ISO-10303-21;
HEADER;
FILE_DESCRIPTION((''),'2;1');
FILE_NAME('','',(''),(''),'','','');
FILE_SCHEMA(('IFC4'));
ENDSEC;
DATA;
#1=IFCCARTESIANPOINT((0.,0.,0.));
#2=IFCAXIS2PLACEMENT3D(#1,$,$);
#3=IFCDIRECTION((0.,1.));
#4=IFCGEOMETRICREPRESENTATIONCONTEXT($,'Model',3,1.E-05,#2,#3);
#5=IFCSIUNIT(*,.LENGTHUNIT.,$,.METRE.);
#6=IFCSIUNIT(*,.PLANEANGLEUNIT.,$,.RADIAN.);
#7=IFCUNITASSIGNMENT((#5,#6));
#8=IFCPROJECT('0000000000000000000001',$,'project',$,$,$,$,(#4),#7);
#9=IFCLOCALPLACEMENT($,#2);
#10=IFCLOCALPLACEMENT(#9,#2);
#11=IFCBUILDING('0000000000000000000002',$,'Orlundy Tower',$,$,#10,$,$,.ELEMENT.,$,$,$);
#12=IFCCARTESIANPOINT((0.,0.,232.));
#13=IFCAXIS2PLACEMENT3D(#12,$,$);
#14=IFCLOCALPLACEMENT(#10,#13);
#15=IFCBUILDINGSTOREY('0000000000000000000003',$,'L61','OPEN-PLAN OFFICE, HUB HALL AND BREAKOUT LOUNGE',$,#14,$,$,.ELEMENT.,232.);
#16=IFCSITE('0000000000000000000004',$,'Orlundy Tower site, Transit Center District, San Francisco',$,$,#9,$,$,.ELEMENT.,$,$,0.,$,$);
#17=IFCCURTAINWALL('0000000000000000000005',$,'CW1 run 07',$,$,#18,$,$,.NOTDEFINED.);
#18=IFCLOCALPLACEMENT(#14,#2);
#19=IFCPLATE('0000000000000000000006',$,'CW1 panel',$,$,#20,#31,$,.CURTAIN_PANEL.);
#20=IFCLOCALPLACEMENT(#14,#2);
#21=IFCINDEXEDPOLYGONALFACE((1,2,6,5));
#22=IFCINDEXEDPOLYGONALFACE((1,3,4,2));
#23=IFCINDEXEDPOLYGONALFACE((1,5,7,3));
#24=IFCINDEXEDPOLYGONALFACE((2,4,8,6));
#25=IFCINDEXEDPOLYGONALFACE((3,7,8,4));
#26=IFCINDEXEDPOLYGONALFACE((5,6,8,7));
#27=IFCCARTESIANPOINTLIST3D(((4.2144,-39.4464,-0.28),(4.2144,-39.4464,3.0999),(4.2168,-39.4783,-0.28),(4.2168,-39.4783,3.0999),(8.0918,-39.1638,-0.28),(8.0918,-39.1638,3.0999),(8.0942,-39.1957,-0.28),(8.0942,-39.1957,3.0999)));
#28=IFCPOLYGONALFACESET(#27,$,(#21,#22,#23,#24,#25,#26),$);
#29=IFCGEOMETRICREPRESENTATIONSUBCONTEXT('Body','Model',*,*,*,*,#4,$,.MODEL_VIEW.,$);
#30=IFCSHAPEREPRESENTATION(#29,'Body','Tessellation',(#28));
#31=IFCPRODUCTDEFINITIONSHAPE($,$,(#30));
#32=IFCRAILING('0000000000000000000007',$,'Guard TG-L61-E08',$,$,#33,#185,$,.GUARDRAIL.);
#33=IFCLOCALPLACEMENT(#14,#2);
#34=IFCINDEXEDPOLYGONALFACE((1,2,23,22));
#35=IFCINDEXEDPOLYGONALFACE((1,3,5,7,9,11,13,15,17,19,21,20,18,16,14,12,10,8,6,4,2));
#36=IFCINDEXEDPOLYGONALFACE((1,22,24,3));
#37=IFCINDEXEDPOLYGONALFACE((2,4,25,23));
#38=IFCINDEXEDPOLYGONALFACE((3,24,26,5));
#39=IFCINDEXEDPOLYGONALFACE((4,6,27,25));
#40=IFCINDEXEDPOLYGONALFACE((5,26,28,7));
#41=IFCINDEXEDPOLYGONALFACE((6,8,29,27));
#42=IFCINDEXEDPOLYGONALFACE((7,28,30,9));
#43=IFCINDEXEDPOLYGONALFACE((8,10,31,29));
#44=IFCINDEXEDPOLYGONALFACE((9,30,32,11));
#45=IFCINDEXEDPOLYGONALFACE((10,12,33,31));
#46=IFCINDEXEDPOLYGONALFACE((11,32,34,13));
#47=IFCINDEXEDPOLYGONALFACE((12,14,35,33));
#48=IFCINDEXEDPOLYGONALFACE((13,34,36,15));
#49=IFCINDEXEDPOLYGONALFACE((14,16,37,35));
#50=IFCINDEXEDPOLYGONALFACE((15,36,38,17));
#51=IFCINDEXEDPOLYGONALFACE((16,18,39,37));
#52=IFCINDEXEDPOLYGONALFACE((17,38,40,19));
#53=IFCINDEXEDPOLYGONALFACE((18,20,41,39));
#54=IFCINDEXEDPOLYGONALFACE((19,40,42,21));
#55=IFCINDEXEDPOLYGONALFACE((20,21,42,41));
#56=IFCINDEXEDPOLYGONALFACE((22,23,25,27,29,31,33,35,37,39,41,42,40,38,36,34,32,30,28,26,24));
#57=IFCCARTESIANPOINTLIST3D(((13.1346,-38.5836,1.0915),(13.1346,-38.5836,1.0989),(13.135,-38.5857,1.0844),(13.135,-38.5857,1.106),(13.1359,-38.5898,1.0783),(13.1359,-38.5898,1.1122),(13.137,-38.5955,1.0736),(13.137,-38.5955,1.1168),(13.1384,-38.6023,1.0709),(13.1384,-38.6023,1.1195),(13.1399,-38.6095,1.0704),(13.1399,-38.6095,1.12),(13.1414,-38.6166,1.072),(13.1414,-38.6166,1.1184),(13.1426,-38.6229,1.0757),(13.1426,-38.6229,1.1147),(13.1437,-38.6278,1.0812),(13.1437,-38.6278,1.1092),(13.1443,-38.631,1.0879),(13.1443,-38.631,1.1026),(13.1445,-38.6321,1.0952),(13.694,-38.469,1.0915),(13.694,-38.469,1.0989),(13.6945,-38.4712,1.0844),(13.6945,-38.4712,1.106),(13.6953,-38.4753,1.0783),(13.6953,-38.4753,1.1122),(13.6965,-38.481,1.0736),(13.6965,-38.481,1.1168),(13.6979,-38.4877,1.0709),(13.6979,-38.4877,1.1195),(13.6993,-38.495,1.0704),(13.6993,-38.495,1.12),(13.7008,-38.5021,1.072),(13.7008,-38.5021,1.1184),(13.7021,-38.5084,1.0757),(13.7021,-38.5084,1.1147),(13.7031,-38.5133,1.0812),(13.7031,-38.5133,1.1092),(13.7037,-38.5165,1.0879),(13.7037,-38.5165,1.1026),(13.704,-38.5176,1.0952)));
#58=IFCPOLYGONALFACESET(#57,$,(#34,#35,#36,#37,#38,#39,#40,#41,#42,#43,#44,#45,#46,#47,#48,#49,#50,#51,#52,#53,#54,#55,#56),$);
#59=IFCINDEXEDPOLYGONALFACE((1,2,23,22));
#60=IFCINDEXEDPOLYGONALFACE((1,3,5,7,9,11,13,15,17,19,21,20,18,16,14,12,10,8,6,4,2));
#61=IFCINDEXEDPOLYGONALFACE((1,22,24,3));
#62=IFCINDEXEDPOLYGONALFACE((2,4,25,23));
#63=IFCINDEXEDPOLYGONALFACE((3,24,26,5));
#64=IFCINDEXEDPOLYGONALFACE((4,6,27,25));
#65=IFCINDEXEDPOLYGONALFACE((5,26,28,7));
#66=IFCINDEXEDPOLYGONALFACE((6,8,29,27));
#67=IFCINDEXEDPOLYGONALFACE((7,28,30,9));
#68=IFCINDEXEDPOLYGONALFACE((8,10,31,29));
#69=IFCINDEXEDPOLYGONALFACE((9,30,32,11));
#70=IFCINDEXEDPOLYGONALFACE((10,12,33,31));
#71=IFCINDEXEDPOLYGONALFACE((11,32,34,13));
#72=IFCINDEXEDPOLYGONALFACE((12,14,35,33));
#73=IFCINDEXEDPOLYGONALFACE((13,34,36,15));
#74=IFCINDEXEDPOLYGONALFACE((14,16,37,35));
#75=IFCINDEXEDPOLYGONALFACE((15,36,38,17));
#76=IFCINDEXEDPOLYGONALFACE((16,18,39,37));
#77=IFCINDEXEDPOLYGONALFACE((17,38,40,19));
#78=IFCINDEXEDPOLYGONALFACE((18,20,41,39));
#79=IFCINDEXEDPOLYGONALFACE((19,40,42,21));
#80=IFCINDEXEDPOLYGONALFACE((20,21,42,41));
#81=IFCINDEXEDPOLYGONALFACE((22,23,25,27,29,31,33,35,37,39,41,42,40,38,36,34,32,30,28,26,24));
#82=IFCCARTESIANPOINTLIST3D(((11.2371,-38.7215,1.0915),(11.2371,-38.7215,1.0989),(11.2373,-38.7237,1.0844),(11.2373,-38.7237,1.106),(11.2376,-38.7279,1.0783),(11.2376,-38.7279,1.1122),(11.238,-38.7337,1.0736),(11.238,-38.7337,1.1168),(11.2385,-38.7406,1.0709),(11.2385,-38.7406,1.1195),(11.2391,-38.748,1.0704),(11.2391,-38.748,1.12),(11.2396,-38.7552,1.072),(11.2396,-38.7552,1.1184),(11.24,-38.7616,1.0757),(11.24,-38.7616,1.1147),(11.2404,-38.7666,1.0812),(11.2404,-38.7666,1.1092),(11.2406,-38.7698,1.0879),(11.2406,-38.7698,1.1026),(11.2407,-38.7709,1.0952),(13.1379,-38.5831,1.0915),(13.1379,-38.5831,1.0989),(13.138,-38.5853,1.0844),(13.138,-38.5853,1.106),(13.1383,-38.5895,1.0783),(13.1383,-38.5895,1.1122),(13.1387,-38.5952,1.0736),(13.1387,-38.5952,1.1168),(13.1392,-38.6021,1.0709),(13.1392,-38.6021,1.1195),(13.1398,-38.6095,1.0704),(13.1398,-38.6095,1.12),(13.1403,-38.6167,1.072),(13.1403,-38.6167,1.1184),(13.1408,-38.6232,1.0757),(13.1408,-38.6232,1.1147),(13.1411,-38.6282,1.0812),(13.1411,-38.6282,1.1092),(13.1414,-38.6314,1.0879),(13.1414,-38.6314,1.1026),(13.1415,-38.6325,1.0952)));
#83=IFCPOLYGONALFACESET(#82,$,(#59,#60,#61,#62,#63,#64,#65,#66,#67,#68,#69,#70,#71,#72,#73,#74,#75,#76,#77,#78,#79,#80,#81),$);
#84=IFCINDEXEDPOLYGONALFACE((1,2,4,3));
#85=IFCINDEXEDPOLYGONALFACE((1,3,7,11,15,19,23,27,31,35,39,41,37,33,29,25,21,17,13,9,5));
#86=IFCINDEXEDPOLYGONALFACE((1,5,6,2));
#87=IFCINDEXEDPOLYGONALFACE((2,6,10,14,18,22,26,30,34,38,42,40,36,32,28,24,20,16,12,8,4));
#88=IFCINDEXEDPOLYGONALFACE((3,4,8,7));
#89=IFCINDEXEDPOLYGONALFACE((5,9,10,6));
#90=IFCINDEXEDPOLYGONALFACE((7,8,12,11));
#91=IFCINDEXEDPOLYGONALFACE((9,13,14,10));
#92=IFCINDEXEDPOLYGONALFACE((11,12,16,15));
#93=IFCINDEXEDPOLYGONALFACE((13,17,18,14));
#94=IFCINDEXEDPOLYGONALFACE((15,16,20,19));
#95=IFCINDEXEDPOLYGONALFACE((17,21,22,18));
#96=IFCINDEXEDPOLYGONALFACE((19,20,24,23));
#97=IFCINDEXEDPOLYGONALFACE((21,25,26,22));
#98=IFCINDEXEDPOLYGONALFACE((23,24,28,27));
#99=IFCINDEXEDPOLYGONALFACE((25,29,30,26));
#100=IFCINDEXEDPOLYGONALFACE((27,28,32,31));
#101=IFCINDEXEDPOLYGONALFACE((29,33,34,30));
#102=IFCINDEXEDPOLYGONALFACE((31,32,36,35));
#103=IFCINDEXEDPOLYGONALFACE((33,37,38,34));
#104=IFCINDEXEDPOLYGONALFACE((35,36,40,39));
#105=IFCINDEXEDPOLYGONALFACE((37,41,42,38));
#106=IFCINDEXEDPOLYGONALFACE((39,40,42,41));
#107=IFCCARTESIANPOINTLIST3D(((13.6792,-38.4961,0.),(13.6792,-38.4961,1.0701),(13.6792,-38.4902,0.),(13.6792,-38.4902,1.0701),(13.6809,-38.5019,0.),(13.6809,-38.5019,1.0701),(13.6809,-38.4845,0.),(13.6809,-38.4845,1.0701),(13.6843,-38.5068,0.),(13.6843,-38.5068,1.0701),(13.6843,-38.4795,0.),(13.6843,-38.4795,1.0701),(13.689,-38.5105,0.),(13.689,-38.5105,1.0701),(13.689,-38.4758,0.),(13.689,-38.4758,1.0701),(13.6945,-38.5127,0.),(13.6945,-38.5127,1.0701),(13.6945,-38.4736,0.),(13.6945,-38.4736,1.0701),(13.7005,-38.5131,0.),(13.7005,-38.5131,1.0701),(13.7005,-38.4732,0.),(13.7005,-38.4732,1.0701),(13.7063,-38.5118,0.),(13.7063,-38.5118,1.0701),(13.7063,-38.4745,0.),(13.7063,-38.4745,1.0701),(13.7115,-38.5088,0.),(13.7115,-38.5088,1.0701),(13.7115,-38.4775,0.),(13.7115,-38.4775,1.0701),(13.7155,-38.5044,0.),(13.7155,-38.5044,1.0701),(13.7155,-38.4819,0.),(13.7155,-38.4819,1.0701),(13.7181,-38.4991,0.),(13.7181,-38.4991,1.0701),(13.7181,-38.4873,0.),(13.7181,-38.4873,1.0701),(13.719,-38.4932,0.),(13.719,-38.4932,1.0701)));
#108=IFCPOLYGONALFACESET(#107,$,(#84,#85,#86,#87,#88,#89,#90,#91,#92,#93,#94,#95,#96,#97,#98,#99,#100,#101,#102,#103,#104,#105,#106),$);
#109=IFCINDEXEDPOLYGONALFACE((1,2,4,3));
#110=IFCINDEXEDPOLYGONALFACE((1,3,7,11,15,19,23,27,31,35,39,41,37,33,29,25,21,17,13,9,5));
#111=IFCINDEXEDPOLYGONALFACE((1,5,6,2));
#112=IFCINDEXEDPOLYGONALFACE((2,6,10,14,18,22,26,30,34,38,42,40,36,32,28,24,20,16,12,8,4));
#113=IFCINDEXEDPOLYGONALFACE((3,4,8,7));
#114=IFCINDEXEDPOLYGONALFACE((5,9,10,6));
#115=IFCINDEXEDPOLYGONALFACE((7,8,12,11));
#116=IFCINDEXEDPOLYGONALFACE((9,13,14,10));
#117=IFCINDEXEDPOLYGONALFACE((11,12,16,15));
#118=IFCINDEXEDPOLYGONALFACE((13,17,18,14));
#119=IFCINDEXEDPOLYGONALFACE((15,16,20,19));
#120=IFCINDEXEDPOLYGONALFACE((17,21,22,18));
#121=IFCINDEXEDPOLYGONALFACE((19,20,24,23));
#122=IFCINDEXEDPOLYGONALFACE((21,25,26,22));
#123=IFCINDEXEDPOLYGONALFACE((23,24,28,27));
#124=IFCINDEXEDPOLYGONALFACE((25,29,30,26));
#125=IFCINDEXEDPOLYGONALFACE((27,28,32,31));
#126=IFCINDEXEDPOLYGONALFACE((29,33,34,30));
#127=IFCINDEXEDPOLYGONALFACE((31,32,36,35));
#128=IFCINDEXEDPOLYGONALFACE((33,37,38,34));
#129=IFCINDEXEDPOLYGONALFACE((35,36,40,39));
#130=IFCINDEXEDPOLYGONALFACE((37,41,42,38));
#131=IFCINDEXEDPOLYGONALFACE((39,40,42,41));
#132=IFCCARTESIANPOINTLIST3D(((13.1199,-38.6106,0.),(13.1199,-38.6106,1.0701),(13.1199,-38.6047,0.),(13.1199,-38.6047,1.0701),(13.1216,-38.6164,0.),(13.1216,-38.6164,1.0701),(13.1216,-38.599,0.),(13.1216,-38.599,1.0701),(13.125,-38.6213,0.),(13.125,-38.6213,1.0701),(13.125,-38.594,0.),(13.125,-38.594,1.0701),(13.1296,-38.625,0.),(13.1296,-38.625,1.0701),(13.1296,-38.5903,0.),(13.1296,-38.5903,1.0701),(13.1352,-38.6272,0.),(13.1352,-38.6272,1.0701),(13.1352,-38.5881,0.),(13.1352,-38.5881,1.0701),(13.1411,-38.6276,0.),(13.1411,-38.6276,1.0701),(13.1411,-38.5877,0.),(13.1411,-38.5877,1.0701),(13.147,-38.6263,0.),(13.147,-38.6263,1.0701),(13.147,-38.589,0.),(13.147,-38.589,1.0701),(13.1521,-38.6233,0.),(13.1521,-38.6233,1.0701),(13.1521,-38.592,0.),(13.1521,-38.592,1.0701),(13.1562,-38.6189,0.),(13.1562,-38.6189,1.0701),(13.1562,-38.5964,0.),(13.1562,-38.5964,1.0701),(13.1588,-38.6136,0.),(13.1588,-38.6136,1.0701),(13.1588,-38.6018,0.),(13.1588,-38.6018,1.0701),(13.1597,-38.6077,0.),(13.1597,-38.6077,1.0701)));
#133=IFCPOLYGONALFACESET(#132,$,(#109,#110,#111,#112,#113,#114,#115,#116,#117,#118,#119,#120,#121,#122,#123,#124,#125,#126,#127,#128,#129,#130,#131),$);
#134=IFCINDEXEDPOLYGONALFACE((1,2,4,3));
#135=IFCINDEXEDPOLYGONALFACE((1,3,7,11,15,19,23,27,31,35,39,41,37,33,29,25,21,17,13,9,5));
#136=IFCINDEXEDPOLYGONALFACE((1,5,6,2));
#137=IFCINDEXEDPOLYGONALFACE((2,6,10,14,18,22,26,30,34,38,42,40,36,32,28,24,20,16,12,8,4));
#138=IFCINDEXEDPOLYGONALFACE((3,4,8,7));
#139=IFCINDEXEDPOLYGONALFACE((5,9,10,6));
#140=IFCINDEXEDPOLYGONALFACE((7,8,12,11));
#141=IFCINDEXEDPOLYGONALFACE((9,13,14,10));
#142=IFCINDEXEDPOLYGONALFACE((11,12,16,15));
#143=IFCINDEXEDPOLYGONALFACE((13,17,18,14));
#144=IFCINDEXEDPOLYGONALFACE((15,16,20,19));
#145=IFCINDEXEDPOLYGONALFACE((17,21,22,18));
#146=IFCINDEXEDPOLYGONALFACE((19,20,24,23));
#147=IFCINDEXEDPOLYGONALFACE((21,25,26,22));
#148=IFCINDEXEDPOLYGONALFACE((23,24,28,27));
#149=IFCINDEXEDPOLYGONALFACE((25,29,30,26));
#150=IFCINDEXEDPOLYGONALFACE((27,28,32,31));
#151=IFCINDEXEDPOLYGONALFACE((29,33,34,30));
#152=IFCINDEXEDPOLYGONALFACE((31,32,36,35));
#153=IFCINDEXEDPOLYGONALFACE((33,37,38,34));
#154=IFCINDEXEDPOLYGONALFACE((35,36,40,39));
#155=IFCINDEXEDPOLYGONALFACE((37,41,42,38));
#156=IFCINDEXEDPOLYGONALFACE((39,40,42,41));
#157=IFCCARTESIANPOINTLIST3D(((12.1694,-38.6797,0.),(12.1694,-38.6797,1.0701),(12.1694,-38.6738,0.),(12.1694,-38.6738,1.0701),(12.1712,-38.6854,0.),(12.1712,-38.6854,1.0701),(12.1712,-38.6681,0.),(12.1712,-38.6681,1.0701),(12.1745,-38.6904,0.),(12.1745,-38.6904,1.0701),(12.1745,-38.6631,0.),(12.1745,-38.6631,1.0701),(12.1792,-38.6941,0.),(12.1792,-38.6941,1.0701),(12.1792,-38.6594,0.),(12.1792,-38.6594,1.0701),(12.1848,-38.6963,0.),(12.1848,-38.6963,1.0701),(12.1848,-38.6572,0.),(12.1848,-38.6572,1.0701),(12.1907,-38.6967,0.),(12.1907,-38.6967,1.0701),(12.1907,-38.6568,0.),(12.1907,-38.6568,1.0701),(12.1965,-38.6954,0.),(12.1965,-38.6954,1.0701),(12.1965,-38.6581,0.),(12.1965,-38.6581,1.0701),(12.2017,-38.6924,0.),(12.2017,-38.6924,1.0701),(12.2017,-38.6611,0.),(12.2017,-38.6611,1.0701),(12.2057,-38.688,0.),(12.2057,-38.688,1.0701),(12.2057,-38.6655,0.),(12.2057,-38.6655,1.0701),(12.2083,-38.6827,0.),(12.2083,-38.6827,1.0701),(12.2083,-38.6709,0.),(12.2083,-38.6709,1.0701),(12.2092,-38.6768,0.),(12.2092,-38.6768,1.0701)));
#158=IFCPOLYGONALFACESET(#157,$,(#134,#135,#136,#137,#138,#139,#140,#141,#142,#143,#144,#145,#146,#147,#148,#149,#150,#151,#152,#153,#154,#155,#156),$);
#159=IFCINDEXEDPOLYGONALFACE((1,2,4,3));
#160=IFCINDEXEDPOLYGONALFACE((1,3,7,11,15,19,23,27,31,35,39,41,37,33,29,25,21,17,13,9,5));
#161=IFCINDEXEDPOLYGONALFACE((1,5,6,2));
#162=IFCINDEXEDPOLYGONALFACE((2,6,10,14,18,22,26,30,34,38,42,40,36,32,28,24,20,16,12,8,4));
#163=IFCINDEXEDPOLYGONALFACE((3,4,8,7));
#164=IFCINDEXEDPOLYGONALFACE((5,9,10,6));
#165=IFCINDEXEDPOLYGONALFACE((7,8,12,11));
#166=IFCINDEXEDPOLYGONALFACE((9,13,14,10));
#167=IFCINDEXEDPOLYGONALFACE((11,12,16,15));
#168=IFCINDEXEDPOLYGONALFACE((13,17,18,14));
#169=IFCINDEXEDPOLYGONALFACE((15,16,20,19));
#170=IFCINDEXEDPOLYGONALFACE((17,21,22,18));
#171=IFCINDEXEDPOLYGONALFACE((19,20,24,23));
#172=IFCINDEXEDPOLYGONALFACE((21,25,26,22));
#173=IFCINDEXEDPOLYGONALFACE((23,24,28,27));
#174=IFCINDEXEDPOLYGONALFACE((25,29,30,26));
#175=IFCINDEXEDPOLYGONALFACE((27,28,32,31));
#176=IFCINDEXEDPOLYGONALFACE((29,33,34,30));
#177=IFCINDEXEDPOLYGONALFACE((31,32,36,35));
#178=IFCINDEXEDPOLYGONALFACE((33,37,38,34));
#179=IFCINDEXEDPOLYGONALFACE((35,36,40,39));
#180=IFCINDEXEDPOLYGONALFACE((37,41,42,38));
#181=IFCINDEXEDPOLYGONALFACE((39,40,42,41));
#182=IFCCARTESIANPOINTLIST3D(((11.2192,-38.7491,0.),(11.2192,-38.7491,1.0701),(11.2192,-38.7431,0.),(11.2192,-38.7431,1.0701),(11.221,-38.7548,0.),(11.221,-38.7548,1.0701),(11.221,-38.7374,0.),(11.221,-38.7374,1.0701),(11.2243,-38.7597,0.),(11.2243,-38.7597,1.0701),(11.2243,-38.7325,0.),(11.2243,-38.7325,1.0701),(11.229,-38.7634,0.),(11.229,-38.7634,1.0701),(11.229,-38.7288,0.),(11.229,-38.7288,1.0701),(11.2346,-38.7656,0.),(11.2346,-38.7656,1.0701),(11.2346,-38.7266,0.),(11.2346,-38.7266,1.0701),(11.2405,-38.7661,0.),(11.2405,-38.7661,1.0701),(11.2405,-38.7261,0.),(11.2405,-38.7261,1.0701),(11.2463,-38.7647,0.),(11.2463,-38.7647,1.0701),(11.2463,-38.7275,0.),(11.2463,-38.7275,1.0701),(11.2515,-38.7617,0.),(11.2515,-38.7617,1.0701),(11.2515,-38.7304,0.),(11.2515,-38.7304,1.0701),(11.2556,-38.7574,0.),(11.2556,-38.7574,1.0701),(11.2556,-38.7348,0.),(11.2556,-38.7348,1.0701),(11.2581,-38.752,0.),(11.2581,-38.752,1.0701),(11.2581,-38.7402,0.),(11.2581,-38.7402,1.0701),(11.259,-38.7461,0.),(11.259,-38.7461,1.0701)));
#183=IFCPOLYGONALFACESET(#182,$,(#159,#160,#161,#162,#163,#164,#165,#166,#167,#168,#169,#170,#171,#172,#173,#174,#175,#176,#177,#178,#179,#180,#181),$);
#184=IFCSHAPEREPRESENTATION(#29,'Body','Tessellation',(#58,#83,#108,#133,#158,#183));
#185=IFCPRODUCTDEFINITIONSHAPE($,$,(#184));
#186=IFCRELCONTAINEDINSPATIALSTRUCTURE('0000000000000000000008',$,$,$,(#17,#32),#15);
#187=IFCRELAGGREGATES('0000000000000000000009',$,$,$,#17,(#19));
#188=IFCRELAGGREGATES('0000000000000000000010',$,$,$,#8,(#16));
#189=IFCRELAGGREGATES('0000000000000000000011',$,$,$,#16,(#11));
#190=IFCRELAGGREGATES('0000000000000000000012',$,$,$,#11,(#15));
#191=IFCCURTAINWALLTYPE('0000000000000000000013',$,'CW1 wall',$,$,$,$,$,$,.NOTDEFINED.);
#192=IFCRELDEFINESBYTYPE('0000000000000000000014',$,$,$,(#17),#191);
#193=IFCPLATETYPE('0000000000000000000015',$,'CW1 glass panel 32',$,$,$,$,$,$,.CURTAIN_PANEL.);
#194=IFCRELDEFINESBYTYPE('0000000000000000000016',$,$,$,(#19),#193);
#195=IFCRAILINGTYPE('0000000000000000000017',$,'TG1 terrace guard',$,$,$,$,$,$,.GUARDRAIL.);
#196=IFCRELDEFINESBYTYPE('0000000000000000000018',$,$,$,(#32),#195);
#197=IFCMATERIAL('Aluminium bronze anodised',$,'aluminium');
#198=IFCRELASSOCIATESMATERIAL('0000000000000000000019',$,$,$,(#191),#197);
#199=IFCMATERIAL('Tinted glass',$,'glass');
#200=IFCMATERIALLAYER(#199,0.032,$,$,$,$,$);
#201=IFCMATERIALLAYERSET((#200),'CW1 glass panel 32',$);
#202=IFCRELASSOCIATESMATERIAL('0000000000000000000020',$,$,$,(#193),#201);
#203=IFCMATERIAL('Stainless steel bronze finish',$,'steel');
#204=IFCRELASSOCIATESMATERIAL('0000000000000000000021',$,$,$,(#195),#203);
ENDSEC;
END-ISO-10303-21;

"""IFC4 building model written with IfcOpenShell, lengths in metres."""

from ifc_helpers import new_model, si_unit, direction, frame, origin, origin_2d, place, context, subcontext, project, spatial, rectangle, circle, extrude, material, layer, layer_set, type_object, element, aggregate, save


model = new_model("IFC4")

# Units and contexts
model_context = context("Model", 3, precision=1e-05, world=origin(), true_north=direction((0.0, 1.0)))
body_context = subcontext(model_context, "Body", "Model", "MODEL_VIEW")
ifc_project = project(units=[si_unit("LENGTHUNIT", "METRE"), si_unit("PLANEANGLEUNIT", "RADIAN")], contexts=[model_context])

# Site, building, storey
site_placement = place(None, origin())
site = spatial("IfcSite", under=ifc_project, at=site_placement, Name="Orlundy Tower site, Transit Center District, San Francisco", CompositionType="ELEMENT", RefElevation=0.0)
building_placement = place(site_placement, origin())
building = spatial("IfcBuilding", under=site, at=building_placement, Name="Orlundy Tower", CompositionType="ELEMENT")
storey_placement = place(building_placement, frame((0.0, 0.0, 232.0)))
storey = spatial("IfcBuildingStorey", under=building, at=storey_placement, Name="L61", Description="OPEN-PLAN OFFICE, HUB HALL AND BREAKOUT LOUNGE", CompositionType="ELEMENT", Elevation=232.0)

# Curtain wall
ifc_material_1 = material(Name="Aluminium bronze anodised", Category="aluminium")
curtain_wall_type = type_object("IfcCurtainWallType", Name="CW1 wall", PredefinedType="NOTDEFINED", material=ifc_material_1)
curtain_wall_1_placement = place(storey_placement, origin())
curtain_wall_1 = element("IfcCurtainWall", 1, at=curtain_wall_1_placement, inside=storey, type_object=curtain_wall_type, Name="CW1 run 07", PredefinedType="NOTDEFINED")

# Plate
ifc_material_2 = material(Name="Tinted glass", Category="glass")
ifc_layer = layer(ifc_material_2, 0.032)
ifc_layer_set = layer_set([ifc_layer], Name="CW1 glass panel 32")
plate_type = type_object("IfcPlateType", Name="CW1 glass panel 32", PredefinedType="CURTAIN_PANEL", material=ifc_layer_set)
plate_1_placement = place(storey_placement, frame((6.1543, -39.321, -0.28), z_axis=(0.0, 0.0, 1.0), x_axis=(-0.997356, -0.072668, 0.0)))
plate_1 = element("IfcPlate", 2, at=plate_1_placement, type_object=plate_type, Name="CW1 panel", PredefinedType="CURTAIN_PANEL", context=body_context, shape_type="SweptSolid", body=[
    extrude(rectangle(XDim=3.8877, YDim=0.032, at=origin_2d()), origin(), (0.0, 0.0, 1.0), 3.3799),
])
aggregate(curtain_wall_1, [plate_1])

# Railing
ifc_material_3 = material(Name="Stainless steel bronze finish", Category="steel")
railing_type = type_object("IfcRailingType", Name="TG1 terrace guard", PredefinedType="GUARDRAIL", material=ifc_material_3)
railing_1_placement = place(storey_placement, frame((13.699, -38.4932, 0.0)))
element("IfcRailing", 3, at=railing_1_placement, inside=storey, type_object=railing_type, Name="Guard TG-L61-E08", PredefinedType="GUARDRAIL", context=body_context, shape_type="SweptSolid", body=[
    extrude(circle(Radius=0.0249, at=origin_2d()), frame((0.0, 0.0, 1.0952), z_axis=(-0.979682, -0.200555, 0.0), x_axis=(0.200555, -0.979682, 0.0)), (0.0, 0.0, 1.0), 0.571),
    extrude(circle(Radius=0.0249, at=origin_2d()), frame((-0.5593, -0.1145, 1.0952), z_axis=(-0.997358, -0.07264, 0.0), x_axis=(0.07264, -0.997358, 0.0)), (0.0, 0.0, 1.0), 1.9058),
    extrude(circle(Radius=0.02, at=origin_2d()), origin(), (0.0, 0.0, 1.0), 1.0701),
    extrude(circle(Radius=0.02, at=origin_2d()), frame((-0.5593, -0.1145, 0.0)), (0.0, 0.0, 1.0), 1.0701),
    extrude(circle(Radius=0.02, at=origin_2d()), frame((-1.5098, -0.1836, 0.0)), (0.0, 0.0, 1.0), 1.0701),
    extrude(circle(Radius=0.02, at=origin_2d()), frame((-2.46, -0.2529, 0.0)), (0.0, 0.0, 1.0), 1.0701),
])

save(model, "model.ifc")
